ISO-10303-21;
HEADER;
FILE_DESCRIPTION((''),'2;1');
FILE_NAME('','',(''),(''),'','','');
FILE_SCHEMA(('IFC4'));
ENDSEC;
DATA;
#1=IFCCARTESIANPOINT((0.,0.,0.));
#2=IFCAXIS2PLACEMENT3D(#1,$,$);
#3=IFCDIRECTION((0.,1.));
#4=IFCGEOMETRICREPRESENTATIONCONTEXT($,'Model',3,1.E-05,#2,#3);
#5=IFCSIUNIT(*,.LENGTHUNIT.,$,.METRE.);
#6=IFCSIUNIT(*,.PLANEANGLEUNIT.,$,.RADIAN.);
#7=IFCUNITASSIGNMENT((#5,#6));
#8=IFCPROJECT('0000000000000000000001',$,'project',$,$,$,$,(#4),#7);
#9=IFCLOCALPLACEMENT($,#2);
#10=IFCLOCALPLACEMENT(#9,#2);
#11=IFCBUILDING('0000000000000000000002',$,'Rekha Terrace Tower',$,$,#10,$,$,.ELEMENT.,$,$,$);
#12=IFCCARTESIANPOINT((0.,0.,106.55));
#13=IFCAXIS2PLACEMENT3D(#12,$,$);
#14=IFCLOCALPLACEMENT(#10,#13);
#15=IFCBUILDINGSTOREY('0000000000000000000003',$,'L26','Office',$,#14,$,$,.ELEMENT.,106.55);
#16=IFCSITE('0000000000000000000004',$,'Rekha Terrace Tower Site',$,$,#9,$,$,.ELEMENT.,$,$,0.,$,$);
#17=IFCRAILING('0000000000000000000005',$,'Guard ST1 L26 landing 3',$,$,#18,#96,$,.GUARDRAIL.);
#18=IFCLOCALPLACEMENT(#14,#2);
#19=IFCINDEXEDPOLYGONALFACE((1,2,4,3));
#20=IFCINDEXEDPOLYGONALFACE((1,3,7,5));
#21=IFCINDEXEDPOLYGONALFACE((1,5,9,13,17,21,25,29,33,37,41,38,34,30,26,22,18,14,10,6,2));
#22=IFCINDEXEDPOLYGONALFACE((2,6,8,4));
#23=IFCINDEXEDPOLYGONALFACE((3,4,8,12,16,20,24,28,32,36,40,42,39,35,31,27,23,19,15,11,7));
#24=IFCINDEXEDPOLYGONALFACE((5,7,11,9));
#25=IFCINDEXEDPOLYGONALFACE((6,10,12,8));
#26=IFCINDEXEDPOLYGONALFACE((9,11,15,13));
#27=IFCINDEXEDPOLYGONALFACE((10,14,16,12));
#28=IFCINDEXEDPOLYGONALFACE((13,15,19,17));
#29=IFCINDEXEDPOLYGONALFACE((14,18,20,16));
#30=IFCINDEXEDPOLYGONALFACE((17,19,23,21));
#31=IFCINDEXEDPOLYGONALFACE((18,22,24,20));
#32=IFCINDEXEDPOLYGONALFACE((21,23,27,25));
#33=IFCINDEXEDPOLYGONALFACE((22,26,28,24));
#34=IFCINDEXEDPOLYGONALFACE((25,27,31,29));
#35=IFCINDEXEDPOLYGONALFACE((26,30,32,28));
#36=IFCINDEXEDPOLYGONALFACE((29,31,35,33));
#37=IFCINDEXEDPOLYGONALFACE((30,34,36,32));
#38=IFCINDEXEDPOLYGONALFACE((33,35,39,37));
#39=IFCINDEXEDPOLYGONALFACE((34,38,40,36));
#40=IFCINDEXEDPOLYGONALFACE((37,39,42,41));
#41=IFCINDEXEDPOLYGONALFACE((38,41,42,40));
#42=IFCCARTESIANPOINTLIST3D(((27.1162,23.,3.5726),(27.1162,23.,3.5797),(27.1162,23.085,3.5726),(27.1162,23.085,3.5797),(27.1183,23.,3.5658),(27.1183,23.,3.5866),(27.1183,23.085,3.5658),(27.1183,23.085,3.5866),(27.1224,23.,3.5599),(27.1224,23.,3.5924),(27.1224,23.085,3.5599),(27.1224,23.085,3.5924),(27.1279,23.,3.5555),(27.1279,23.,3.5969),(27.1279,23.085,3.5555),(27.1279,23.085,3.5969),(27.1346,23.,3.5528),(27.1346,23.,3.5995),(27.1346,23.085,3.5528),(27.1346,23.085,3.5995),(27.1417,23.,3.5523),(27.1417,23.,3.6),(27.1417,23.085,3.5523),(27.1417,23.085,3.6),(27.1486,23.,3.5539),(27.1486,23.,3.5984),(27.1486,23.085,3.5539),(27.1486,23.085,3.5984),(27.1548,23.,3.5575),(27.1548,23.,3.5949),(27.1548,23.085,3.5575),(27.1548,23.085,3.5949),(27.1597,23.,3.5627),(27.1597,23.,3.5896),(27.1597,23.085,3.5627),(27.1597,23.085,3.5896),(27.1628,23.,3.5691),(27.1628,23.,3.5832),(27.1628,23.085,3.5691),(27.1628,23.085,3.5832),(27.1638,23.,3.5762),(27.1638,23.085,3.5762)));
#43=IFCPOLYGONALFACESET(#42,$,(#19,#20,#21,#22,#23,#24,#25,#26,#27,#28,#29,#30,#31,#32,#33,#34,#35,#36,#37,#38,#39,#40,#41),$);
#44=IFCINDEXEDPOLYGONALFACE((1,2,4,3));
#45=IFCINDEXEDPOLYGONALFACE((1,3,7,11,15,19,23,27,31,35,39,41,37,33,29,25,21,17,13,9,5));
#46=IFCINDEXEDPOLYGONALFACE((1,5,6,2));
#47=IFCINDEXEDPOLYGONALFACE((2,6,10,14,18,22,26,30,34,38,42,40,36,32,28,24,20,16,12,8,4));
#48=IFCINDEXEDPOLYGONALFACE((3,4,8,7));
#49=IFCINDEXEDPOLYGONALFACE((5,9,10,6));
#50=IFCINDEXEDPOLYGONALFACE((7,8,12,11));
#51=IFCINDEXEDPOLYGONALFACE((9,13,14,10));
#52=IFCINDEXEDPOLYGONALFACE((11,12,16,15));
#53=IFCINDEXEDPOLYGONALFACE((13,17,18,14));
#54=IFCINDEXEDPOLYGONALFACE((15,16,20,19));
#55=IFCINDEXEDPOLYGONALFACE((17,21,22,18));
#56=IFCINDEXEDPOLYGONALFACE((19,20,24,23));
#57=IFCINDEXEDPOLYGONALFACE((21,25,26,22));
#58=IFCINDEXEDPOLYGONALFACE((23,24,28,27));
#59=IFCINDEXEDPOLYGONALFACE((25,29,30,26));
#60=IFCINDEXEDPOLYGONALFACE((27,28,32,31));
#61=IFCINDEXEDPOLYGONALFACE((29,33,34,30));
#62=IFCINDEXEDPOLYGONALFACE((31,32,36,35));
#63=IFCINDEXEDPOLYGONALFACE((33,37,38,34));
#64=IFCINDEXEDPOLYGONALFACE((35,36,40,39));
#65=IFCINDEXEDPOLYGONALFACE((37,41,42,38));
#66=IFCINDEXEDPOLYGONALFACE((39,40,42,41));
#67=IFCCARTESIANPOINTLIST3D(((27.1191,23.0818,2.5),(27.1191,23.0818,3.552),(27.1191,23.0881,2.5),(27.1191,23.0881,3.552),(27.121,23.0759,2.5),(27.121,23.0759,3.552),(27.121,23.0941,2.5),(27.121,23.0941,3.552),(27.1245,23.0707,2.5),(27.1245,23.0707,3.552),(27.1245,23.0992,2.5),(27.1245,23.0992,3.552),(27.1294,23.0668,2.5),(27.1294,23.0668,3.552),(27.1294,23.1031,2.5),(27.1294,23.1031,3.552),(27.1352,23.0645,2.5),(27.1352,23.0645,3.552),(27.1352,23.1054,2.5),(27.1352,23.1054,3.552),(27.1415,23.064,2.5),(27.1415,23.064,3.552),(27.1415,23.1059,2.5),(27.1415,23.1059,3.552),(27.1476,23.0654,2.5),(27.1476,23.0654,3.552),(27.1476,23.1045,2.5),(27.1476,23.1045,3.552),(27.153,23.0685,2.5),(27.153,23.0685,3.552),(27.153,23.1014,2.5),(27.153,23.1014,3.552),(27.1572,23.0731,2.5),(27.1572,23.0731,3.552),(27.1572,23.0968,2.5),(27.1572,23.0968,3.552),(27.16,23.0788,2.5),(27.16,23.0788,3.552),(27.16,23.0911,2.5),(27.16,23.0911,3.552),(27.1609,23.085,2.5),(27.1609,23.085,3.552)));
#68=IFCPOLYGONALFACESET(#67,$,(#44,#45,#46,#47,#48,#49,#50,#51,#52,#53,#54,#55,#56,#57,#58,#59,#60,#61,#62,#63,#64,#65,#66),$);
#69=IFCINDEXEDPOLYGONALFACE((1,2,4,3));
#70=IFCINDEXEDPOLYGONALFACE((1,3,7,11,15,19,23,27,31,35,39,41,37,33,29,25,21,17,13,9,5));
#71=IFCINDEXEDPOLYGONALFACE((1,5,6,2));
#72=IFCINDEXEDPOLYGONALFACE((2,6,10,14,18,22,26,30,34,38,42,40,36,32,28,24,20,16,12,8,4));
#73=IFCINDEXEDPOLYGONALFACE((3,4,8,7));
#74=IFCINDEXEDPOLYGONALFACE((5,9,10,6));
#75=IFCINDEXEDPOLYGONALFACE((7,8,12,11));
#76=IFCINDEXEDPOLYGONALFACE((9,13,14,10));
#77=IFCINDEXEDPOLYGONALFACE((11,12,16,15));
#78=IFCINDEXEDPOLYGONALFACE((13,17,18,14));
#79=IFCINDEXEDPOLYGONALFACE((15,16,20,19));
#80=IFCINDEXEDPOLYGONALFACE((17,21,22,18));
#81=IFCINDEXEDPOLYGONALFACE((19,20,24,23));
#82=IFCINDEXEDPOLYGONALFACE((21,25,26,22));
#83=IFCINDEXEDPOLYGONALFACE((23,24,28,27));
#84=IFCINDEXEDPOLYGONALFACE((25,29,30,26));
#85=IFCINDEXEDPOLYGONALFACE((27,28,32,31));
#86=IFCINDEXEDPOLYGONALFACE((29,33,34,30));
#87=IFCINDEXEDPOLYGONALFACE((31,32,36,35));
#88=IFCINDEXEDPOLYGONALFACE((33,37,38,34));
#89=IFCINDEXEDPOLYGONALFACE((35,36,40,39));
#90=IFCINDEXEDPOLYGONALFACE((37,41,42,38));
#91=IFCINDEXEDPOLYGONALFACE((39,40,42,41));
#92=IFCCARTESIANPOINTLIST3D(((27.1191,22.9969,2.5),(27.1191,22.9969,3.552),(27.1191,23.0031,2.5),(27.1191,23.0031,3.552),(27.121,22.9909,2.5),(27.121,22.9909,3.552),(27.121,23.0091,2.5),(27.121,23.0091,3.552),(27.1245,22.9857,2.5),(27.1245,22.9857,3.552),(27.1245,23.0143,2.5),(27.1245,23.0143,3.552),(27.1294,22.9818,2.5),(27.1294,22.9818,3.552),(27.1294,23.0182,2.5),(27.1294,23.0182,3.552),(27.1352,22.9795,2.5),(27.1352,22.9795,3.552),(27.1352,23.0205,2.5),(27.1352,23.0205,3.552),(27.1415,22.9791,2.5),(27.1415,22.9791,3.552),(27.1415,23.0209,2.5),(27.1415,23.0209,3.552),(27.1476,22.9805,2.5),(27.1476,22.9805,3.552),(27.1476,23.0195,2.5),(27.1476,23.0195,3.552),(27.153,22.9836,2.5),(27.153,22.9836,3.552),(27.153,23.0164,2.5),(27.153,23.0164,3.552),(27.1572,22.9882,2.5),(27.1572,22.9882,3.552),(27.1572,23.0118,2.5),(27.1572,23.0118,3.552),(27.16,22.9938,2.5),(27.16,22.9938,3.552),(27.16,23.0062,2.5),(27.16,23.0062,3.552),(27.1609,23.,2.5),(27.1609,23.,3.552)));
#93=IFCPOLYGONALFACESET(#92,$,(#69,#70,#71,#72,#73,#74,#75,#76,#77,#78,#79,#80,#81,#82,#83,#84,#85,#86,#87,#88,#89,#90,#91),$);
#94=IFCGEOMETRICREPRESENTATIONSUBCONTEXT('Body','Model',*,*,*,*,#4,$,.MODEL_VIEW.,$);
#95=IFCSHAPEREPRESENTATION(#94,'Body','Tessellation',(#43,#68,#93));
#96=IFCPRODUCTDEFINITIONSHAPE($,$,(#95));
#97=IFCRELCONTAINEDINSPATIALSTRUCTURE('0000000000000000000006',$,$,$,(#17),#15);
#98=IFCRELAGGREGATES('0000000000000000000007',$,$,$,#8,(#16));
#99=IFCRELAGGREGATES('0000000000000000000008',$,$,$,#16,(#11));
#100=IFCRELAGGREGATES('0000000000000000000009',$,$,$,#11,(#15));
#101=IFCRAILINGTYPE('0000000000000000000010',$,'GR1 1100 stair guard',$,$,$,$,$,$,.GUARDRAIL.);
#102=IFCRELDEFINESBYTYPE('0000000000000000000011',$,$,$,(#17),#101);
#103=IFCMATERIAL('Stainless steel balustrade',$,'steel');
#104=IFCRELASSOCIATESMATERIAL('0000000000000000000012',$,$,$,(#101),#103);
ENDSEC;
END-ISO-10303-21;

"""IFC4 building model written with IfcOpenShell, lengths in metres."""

from ifc_helpers import new_model, si_unit, direction, frame, origin, origin_2d, place, context, subcontext, project, spatial, circle, extrude, material, type_object, element, save


model = new_model("IFC4")

# Units and contexts
model_context = context("Model", 3, precision=1e-05, world=origin(), true_north=direction((0.0, 1.0)))
body_context = subcontext(model_context, "Body", "Model", "MODEL_VIEW")
ifc_project = project(units=[si_unit("LENGTHUNIT", "METRE"), si_unit("PLANEANGLEUNIT", "RADIAN")], contexts=[model_context])

# Site, building, storey
site_placement = place(None, origin())
site = spatial("IfcSite", under=ifc_project, at=site_placement, Name="Rekha Terrace Tower Site", CompositionType="ELEMENT", RefElevation=0.0)
building_placement = place(site_placement, origin())
building = spatial("IfcBuilding", under=site, at=building_placement, Name="Rekha Terrace Tower", CompositionType="ELEMENT")
storey_placement = place(building_placement, frame((0.0, 0.0, 106.55)))
storey = spatial("IfcBuildingStorey", under=building, at=storey_placement, Name="L26", Description="Office", CompositionType="ELEMENT", Elevation=106.55)

# Railing
ifc_material_1 = material(Name="Stainless steel balustrade", Category="steel")
railing_type_1 = type_object("IfcRailingType", Name="GR1 1100 stair guard", PredefinedType="GUARDRAIL", material=ifc_material_1)
railing_1_placement = place(storey_placement, frame((27.1399, 23.085, 2.5)))
element("IfcRailing", 1, at=railing_1_placement, inside=storey, type_object=railing_type_1, Name="Guard ST1 L26 landing 3", PredefinedType="GUARDRAIL", context=body_context, shape_type="SweptSolid", body=[
    extrude(circle(Radius=0.0239, at=origin_2d()), frame((0.0, 0.0, 1.0762), z_axis=(0.0, -1.0, 0.0), x_axis=(1.0, 0.0, 0.0)), (0.0, 0.0, 1.0), 0.085),
    extrude(circle(Radius=0.021, at=origin_2d()), origin(), (0.0, 0.0, 1.0), 1.052),
    extrude(circle(Radius=0.021, at=origin_2d()), frame((0.0, -0.085, 0.0)), (0.0, 0.0, 1.0), 1.052),
])

save(model, "model.ifc")
